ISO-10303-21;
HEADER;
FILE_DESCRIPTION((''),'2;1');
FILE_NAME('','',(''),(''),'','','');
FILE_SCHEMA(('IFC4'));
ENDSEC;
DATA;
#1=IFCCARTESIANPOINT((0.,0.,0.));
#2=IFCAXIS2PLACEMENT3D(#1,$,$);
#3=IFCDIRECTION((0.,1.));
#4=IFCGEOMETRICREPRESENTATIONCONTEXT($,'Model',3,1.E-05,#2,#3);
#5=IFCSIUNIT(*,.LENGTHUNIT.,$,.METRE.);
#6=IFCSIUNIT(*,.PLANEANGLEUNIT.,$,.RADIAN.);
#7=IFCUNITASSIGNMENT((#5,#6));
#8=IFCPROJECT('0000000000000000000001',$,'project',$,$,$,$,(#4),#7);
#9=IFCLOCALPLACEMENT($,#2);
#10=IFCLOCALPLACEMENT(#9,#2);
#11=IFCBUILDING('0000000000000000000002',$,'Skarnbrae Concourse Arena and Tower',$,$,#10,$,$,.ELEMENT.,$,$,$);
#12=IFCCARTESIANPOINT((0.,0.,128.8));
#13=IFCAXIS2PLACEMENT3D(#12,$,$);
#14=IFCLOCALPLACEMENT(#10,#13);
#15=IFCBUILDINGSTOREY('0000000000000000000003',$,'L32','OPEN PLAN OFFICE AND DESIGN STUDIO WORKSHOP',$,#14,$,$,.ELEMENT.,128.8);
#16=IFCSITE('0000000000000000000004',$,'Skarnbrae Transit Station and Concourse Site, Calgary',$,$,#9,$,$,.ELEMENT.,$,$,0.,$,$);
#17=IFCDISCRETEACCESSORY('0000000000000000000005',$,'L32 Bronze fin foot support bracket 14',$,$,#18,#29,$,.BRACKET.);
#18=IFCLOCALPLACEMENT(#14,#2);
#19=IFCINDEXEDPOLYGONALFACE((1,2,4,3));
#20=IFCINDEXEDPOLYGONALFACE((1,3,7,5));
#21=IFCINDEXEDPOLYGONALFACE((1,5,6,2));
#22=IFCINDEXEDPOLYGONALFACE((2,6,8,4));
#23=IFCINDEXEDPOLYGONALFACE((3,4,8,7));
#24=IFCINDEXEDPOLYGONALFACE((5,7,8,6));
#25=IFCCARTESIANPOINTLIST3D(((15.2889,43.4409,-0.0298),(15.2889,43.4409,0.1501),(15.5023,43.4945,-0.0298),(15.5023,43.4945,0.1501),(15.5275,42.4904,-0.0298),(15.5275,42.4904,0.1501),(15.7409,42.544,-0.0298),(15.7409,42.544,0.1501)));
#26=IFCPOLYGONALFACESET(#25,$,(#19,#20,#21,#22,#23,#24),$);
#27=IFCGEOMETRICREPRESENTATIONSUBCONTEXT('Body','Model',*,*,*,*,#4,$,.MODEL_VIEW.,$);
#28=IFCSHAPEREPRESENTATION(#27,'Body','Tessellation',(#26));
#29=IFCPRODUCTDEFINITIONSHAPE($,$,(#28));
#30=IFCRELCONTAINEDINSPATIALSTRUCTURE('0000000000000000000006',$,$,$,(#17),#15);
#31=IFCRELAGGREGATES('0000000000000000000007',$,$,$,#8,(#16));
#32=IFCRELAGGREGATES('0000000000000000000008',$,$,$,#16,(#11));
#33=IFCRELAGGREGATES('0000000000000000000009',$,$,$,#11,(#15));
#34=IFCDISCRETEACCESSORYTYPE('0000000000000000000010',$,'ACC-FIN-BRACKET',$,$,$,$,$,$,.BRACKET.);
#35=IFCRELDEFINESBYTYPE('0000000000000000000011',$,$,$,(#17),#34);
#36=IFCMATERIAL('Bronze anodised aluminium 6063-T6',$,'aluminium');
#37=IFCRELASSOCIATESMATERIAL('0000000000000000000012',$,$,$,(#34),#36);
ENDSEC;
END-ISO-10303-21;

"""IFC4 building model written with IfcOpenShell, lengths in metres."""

from ifc_helpers import new_model, si_unit, direction, frame, origin, origin_2d, place, context, subcontext, project, spatial, rectangle, extrude, source, transform, mapped, material, type_object, element, save


model = new_model("IFC4")

# Units and contexts
model_context = context("Model", 3, precision=1e-05, world=origin(), true_north=direction((0.0, 1.0)))
body_context = subcontext(model_context, "Body", "Model", "MODEL_VIEW")
ifc_project = project(units=[si_unit("LENGTHUNIT", "METRE"), si_unit("PLANEANGLEUNIT", "RADIAN")], contexts=[model_context])

# Site, building, storey
site_placement = place(None, origin())
site = spatial("IfcSite", under=ifc_project, at=site_placement, Name="Skarnbrae Transit Station and Concourse Site, Calgary", CompositionType="ELEMENT", RefElevation=0.0)
building_placement = place(site_placement, origin())
building = spatial("IfcBuilding", under=site, at=building_placement, Name="Skarnbrae Concourse Arena and Tower", CompositionType="ELEMENT")
storey_placement = place(building_placement, frame((0.0, 0.0, 128.8)))
storey = spatial("IfcBuildingStorey", under=building, at=storey_placement, Name="L32", Description="OPEN PLAN OFFICE AND DESIGN STUDIO WORKSHOP", CompositionType="ELEMENT", Elevation=128.8)

# Shared definitions
ifc_material_1 = material(Name="Bronze anodised aluminium 6063-T6", Category="aluminium")

# Discrete accessory
discrete_accessory_type = type_object("IfcDiscreteAccessoryType", Name="ACC-FIN-BRACKET", PredefinedType="BRACKET", material=ifc_material_1)
shared_shape_1 = source(origin(), body_context, "Body", "SweptSolid", [
    extrude(rectangle(XDim=0.22, YDim=0.98, at=origin_2d()), origin(), (0.0, 0.0, 1.0), 0.1799),
])
for number, where, z_axis, x_axis, name in (
    (1, (15.5149, 42.9924, -0.0298), (0.0, 0.0, 1.0), (0.969902, 0.243497, 0.0), "L32 Bronze fin foot support bracket 14"),
):
    element("IfcDiscreteAccessory", number, at=place(storey_placement, frame(where, z_axis=z_axis, x_axis=x_axis)), inside=storey, type_object=discrete_accessory_type, Name=name, PredefinedType="BRACKET", context=body_context, shape_type="MappedRepresentation", body=[
        mapped(shared_shape_1, transform((0.0, 0.0, 0.0))),
    ])

save(model, "model.ifc")
